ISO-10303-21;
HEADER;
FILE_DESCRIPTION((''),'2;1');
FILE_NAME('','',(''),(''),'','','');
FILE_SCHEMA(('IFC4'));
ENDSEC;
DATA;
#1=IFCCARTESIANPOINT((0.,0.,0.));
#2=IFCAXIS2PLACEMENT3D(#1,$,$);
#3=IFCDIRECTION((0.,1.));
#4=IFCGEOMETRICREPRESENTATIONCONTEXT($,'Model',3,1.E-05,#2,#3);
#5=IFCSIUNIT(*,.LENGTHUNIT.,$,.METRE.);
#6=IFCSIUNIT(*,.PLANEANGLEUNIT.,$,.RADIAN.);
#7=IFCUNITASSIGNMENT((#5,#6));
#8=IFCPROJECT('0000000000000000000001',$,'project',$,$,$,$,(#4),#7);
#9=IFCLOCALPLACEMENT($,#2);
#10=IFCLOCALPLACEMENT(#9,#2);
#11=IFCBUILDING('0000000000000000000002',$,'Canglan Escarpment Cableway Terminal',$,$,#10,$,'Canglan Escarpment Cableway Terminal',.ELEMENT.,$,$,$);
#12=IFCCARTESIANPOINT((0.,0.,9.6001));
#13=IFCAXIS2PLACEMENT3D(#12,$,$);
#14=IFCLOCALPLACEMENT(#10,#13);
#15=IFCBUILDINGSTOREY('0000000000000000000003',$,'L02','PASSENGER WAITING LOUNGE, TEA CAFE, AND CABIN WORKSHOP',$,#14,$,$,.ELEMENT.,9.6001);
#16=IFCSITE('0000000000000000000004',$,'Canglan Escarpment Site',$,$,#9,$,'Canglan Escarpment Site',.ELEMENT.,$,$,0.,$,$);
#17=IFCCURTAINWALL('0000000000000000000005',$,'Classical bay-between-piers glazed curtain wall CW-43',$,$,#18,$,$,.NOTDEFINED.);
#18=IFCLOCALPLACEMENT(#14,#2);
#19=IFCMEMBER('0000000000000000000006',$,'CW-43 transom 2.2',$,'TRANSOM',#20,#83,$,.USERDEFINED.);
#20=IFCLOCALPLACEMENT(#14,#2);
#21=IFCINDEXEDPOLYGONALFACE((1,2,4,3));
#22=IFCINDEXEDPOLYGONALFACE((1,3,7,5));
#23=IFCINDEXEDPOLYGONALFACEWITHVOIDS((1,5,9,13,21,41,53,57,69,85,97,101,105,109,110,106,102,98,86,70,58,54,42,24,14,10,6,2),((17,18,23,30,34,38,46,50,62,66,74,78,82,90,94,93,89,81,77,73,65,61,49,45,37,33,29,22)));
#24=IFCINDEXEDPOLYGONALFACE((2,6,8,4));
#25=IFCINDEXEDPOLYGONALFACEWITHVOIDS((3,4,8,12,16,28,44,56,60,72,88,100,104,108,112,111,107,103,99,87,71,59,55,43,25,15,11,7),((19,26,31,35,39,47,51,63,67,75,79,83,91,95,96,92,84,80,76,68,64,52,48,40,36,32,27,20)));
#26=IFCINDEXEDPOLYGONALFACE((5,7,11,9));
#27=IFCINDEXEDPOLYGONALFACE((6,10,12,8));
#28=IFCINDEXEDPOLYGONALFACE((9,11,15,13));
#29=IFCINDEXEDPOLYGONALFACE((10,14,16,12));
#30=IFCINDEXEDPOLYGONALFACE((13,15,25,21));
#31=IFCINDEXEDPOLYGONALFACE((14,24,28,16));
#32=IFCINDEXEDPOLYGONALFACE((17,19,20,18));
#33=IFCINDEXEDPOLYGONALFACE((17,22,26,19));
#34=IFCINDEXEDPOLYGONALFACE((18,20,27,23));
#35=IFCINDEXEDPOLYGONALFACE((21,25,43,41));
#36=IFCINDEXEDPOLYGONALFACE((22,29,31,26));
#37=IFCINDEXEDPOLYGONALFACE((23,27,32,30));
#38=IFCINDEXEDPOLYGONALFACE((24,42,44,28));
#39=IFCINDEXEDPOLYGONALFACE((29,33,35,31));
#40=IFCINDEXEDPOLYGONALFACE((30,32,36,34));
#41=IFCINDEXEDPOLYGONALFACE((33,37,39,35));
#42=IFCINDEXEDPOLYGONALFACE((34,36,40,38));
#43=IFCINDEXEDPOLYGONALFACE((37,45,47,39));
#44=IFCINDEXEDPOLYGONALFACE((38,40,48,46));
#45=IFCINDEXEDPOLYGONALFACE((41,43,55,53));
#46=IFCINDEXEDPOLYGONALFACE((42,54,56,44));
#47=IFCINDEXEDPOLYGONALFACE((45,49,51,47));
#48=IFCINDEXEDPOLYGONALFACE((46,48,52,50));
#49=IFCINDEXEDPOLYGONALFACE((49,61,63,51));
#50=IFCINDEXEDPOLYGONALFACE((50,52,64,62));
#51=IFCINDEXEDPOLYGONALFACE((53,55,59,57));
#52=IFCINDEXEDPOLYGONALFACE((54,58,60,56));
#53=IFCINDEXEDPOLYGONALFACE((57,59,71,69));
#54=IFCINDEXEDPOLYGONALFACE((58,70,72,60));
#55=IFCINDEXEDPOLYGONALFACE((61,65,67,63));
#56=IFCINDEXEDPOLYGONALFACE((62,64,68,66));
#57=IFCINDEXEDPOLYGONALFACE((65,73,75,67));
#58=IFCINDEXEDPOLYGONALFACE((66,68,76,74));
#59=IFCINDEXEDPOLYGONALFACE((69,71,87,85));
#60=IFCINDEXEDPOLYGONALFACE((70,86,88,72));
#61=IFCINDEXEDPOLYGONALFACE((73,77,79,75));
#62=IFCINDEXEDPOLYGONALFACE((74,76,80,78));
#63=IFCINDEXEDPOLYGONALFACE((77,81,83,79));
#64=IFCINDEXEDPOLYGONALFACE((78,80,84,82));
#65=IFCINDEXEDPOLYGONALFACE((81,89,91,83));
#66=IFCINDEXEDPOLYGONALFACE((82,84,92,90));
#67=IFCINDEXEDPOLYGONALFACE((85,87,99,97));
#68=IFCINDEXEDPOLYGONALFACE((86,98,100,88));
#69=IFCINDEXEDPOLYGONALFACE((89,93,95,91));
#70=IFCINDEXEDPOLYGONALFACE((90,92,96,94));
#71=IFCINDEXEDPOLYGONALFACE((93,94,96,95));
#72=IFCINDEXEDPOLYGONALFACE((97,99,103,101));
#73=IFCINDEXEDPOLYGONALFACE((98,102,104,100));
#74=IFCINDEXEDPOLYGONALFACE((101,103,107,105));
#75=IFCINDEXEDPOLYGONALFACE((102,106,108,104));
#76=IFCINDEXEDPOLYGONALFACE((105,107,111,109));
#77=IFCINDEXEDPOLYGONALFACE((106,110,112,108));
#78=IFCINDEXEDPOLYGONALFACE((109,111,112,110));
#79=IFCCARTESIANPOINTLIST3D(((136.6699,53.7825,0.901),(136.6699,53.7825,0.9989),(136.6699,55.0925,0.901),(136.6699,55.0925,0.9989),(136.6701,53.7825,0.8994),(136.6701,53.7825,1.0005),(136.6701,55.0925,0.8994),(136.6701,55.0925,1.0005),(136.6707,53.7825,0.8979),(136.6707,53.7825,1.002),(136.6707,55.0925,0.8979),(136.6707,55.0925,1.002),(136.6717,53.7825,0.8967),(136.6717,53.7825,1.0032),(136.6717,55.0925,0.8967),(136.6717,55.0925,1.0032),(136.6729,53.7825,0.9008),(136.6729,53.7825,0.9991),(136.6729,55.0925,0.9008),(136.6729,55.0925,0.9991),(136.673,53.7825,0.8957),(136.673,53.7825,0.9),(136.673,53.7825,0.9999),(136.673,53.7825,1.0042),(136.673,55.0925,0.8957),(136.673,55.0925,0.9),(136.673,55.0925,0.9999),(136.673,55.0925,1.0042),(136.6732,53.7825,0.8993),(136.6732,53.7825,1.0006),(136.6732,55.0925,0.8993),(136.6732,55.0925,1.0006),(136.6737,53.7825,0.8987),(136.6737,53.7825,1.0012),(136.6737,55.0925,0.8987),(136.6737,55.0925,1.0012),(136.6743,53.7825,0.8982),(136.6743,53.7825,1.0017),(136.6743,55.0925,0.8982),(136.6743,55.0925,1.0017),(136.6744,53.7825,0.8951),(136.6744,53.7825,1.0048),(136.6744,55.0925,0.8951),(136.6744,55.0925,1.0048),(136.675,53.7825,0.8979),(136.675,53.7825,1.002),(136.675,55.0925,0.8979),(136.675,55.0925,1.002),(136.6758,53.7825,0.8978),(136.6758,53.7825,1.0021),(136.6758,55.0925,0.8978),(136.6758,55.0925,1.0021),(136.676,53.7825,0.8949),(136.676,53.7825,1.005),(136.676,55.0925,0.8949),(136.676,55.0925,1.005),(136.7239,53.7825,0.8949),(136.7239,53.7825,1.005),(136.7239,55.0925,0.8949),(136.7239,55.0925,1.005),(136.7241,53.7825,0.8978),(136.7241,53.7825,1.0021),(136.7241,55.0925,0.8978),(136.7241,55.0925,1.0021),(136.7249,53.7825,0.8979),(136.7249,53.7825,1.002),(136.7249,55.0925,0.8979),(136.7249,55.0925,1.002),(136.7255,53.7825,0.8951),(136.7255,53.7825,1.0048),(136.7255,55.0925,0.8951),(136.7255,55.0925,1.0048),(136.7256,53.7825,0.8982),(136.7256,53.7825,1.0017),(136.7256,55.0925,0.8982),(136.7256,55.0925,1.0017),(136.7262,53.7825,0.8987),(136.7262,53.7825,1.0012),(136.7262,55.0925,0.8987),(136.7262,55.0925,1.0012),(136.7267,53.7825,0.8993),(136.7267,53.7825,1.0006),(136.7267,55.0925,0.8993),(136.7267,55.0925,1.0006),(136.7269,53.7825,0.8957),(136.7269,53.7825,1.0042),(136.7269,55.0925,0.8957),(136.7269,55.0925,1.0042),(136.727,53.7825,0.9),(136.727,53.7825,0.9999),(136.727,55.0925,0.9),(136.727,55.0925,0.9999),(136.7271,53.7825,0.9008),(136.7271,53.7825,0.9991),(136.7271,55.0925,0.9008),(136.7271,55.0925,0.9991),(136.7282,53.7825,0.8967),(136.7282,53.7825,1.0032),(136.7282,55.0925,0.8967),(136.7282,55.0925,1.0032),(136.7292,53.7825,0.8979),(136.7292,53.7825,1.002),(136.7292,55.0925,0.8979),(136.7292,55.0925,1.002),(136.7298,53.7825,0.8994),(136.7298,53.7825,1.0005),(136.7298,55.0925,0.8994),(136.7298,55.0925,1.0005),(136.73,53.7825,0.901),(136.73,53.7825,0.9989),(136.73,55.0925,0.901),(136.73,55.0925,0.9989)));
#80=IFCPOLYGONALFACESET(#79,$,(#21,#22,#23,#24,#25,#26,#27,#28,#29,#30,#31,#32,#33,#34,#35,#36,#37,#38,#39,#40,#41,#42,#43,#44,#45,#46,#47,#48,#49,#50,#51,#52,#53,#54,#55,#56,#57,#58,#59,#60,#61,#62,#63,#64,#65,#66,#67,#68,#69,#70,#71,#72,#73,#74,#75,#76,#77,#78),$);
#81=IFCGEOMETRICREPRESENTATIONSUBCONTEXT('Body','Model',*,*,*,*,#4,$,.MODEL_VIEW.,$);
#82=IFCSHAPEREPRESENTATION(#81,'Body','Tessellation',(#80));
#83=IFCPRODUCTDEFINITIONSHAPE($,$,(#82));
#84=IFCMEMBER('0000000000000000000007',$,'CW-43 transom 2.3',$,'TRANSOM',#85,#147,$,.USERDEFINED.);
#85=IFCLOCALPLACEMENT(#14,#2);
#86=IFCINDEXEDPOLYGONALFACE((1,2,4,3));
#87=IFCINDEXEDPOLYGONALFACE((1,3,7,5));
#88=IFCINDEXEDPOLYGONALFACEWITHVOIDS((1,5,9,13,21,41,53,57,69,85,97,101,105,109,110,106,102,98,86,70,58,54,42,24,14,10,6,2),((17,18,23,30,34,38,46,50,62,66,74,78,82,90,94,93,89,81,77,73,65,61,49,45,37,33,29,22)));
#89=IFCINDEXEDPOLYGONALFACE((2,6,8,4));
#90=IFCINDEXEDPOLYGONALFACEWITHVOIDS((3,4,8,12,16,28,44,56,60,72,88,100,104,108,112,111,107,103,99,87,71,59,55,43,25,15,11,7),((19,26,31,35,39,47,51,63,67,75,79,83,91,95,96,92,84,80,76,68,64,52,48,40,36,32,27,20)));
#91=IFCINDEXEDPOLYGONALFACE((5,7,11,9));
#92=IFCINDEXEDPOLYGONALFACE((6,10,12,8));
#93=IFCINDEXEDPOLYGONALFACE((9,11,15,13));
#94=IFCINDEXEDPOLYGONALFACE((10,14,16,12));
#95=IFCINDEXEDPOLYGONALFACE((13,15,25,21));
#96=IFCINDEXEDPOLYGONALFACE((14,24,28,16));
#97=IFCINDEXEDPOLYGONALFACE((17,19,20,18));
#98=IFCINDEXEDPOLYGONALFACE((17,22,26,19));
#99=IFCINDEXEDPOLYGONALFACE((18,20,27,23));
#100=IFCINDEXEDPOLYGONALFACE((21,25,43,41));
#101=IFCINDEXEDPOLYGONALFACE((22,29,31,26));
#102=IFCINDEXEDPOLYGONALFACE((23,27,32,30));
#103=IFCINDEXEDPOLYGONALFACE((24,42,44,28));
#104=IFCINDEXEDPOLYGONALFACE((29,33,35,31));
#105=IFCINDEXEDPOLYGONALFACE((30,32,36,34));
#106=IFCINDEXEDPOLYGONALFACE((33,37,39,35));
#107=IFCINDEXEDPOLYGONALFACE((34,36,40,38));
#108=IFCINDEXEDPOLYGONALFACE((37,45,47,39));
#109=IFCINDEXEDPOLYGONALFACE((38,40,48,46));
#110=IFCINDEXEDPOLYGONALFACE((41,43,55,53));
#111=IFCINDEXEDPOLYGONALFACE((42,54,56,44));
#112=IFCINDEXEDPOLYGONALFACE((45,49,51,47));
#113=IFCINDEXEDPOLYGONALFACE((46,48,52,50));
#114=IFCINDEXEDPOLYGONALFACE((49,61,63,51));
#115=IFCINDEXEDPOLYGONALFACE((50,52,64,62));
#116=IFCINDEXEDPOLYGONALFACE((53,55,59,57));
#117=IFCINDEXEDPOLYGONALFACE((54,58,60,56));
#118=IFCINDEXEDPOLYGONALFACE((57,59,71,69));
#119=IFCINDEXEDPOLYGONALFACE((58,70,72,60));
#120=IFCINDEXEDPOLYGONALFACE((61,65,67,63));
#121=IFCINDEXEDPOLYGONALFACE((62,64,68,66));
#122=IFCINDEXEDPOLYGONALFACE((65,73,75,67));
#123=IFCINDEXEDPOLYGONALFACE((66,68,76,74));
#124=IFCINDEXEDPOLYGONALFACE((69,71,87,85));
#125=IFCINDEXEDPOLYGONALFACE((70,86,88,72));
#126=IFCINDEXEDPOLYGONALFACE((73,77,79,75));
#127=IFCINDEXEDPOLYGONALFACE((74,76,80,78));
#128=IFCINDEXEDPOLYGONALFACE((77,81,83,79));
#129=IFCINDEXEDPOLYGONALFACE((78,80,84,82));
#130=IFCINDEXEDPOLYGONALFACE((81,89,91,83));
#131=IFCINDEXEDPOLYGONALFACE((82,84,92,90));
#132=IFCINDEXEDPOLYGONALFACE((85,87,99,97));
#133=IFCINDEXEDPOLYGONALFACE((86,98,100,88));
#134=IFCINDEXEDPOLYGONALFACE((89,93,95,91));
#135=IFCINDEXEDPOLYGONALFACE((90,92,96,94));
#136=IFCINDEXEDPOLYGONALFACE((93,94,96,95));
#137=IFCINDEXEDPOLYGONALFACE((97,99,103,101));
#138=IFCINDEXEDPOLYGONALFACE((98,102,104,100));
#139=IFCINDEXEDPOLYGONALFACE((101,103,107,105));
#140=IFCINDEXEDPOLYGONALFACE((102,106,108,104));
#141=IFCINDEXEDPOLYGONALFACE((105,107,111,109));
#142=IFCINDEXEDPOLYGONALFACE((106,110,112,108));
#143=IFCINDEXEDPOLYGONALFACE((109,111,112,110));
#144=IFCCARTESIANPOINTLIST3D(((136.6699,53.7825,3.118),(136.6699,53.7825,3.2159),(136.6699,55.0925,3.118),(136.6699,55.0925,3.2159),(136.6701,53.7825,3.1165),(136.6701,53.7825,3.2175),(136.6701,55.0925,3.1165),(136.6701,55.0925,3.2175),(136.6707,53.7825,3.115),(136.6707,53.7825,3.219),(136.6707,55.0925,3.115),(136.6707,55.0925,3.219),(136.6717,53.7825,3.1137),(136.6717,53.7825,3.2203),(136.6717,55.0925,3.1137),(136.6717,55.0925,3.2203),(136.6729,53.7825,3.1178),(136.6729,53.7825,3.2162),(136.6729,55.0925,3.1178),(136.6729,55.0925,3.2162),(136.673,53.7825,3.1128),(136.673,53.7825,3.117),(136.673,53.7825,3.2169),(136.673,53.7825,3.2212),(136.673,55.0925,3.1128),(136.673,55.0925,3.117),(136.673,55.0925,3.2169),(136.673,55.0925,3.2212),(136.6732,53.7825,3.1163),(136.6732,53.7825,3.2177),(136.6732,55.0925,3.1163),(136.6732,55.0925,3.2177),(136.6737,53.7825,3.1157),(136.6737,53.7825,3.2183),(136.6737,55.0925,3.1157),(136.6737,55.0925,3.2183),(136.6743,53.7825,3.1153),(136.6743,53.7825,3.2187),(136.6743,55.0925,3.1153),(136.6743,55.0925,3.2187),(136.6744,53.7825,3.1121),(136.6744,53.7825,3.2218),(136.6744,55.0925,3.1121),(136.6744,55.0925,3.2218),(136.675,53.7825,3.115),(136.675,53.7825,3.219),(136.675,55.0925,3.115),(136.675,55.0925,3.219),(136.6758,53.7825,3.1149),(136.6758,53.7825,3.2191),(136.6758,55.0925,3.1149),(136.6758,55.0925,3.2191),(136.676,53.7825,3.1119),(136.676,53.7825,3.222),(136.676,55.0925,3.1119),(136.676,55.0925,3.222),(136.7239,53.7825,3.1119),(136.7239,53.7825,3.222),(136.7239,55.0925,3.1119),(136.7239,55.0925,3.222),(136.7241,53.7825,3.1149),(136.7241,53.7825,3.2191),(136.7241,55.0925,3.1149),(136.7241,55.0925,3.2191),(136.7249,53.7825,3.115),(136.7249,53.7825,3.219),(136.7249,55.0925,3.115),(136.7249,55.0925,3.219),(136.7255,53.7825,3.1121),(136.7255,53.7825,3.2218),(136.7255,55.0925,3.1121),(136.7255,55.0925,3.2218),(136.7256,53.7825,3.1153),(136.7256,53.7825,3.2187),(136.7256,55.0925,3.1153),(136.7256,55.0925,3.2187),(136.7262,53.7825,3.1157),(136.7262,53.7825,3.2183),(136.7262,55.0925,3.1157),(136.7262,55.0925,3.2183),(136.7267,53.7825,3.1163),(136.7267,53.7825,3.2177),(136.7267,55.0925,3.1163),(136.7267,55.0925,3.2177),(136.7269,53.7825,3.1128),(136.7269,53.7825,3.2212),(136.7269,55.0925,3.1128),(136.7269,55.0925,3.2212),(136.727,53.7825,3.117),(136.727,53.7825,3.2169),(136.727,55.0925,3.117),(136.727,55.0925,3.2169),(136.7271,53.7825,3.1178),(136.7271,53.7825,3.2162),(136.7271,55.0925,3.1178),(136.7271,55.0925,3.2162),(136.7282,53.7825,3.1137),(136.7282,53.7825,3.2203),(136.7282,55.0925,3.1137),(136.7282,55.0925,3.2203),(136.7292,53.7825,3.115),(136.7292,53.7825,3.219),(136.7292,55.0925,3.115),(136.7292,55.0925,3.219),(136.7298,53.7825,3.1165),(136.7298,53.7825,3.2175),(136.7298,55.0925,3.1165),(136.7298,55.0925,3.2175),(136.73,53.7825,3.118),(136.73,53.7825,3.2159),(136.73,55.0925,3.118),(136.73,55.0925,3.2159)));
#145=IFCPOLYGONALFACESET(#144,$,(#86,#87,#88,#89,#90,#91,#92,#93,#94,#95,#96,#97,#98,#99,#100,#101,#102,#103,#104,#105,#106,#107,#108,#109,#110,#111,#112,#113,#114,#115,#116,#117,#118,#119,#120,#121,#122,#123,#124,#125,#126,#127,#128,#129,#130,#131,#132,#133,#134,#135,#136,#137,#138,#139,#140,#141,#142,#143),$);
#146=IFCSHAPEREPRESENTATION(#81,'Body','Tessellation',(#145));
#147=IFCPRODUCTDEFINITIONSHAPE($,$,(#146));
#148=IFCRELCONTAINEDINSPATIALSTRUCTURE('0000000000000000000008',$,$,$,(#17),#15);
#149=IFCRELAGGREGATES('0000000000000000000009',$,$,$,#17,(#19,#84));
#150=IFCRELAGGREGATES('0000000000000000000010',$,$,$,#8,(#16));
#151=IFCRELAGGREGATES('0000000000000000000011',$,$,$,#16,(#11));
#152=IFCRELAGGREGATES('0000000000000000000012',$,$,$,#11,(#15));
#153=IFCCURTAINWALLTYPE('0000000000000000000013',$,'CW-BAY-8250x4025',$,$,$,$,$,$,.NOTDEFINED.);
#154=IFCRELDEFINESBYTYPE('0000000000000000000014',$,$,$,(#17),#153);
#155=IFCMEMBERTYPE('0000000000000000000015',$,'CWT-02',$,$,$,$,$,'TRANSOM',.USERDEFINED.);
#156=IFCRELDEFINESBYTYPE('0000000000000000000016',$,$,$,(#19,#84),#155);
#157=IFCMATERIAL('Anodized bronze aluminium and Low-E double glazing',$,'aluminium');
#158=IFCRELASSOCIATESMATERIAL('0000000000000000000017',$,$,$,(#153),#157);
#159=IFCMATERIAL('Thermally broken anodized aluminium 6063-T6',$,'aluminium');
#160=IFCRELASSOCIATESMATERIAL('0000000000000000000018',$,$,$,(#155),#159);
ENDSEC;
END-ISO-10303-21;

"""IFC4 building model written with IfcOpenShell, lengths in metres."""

from ifc_helpers import new_model, si_unit, direction, frame, origin, origin_2d, place, context, subcontext, project, spatial, hollow_rectangle, extrude, material, material_profile, profile_set, type_object, element, aggregate, save


model = new_model("IFC4")

# Units and contexts
model_context = context("Model", 3, precision=1e-05, world=origin(), true_north=direction((0.0, 1.0)))
body_context = subcontext(model_context, "Body", "Model", "MODEL_VIEW")
ifc_project = project(units=[si_unit("LENGTHUNIT", "METRE"), si_unit("PLANEANGLEUNIT", "RADIAN")], contexts=[model_context])

# Site, building, storey
site_placement = place(None, origin())
site = spatial("IfcSite", under=ifc_project, at=site_placement, Name="Canglan Escarpment Site", LongName="Canglan Escarpment Site", CompositionType="ELEMENT", RefElevation=0.0)
building_placement = place(site_placement, origin())
building = spatial("IfcBuilding", under=site, at=building_placement, Name="Canglan Escarpment Cableway Terminal", LongName="Canglan Escarpment Cableway Terminal", CompositionType="ELEMENT")
storey_placement = place(building_placement, frame((0.0, 0.0, 9.6001)))
storey = spatial("IfcBuildingStorey", under=building, at=storey_placement, Name="L02", Description="PASSENGER WAITING LOUNGE, TEA CAFE, AND CABIN WORKSHOP", CompositionType="ELEMENT", Elevation=9.6001)

# Curtain wall, members
ifc_material_1 = material(Name="Anodized bronze aluminium and Low-E double glazing", Category="aluminium")
curtain_wall_type = type_object("IfcCurtainWallType", Name="CW-BAY-8250x4025", PredefinedType="NOTDEFINED", material=ifc_material_1)
curtain_wall_placement = place(storey_placement, origin())
curtain_wall = element("IfcCurtainWall", 1, at=curtain_wall_placement, inside=storey, type_object=curtain_wall_type, Name="Classical bay-between-piers glazed curtain wall CW-43", PredefinedType="NOTDEFINED")
ifc_material_2 = material(Name="Thermally broken anodized aluminium 6063-T6", Category="aluminium")
ifc_material_profile_1 = material_profile(ifc_material_2, hollow_rectangle(XDim=0.0601, YDim=0.1101, WallThickness=0.0029, InnerFilletRadius=0.0029, OuterFilletRadius=0.0061, at=origin_2d()), Name="ALU-TRAN 60x110x3")
ifc_profile_set_1 = profile_set([ifc_material_profile_1], Name="Thermally broken anodized aluminium 6063-T6")
member_type_1 = type_object("IfcMemberType", Name="CWT-02", ElementType="TRANSOM", PredefinedType="USERDEFINED", material=ifc_profile_set_1)
member_1_placement = place(storey_placement, frame((136.7, 53.7825, 0.95), z_axis=(0.0, 1.0, 0.0), x_axis=(-1.0, 0.0, 0.0)))
member_1 = element("IfcMember", 2, at=member_1_placement, type_object=member_type_1, Name="CW-43 transom 2.2", ObjectType="TRANSOM", PredefinedType="USERDEFINED", context=body_context, shape_type="SweptSolid", body=[
    extrude(hollow_rectangle(XDim=0.0601, YDim=0.1101, WallThickness=0.0029, InnerFilletRadius=0.0029, OuterFilletRadius=0.0061, at=origin_2d()), origin(), (0.0, 0.0, 1.0), 1.3101),
])
member_2_placement = place(storey_placement, frame((136.7, 53.7825, 3.167), z_axis=(0.0, 1.0, 0.0), x_axis=(-1.0, 0.0, 0.0)))
member_2 = element("IfcMember", 3, at=member_2_placement, type_object=member_type_1, Name="CW-43 transom 2.3", ObjectType="TRANSOM", PredefinedType="USERDEFINED", context=body_context, shape_type="SweptSolid", body=[
    extrude(hollow_rectangle(XDim=0.0601, YDim=0.1101, WallThickness=0.0029, InnerFilletRadius=0.0029, OuterFilletRadius=0.0061, at=origin_2d()), origin(), (0.0, 0.0, 1.0), 1.3101),
])
aggregate(curtain_wall, [member_1, member_2])

save(model, "model.ifc")
